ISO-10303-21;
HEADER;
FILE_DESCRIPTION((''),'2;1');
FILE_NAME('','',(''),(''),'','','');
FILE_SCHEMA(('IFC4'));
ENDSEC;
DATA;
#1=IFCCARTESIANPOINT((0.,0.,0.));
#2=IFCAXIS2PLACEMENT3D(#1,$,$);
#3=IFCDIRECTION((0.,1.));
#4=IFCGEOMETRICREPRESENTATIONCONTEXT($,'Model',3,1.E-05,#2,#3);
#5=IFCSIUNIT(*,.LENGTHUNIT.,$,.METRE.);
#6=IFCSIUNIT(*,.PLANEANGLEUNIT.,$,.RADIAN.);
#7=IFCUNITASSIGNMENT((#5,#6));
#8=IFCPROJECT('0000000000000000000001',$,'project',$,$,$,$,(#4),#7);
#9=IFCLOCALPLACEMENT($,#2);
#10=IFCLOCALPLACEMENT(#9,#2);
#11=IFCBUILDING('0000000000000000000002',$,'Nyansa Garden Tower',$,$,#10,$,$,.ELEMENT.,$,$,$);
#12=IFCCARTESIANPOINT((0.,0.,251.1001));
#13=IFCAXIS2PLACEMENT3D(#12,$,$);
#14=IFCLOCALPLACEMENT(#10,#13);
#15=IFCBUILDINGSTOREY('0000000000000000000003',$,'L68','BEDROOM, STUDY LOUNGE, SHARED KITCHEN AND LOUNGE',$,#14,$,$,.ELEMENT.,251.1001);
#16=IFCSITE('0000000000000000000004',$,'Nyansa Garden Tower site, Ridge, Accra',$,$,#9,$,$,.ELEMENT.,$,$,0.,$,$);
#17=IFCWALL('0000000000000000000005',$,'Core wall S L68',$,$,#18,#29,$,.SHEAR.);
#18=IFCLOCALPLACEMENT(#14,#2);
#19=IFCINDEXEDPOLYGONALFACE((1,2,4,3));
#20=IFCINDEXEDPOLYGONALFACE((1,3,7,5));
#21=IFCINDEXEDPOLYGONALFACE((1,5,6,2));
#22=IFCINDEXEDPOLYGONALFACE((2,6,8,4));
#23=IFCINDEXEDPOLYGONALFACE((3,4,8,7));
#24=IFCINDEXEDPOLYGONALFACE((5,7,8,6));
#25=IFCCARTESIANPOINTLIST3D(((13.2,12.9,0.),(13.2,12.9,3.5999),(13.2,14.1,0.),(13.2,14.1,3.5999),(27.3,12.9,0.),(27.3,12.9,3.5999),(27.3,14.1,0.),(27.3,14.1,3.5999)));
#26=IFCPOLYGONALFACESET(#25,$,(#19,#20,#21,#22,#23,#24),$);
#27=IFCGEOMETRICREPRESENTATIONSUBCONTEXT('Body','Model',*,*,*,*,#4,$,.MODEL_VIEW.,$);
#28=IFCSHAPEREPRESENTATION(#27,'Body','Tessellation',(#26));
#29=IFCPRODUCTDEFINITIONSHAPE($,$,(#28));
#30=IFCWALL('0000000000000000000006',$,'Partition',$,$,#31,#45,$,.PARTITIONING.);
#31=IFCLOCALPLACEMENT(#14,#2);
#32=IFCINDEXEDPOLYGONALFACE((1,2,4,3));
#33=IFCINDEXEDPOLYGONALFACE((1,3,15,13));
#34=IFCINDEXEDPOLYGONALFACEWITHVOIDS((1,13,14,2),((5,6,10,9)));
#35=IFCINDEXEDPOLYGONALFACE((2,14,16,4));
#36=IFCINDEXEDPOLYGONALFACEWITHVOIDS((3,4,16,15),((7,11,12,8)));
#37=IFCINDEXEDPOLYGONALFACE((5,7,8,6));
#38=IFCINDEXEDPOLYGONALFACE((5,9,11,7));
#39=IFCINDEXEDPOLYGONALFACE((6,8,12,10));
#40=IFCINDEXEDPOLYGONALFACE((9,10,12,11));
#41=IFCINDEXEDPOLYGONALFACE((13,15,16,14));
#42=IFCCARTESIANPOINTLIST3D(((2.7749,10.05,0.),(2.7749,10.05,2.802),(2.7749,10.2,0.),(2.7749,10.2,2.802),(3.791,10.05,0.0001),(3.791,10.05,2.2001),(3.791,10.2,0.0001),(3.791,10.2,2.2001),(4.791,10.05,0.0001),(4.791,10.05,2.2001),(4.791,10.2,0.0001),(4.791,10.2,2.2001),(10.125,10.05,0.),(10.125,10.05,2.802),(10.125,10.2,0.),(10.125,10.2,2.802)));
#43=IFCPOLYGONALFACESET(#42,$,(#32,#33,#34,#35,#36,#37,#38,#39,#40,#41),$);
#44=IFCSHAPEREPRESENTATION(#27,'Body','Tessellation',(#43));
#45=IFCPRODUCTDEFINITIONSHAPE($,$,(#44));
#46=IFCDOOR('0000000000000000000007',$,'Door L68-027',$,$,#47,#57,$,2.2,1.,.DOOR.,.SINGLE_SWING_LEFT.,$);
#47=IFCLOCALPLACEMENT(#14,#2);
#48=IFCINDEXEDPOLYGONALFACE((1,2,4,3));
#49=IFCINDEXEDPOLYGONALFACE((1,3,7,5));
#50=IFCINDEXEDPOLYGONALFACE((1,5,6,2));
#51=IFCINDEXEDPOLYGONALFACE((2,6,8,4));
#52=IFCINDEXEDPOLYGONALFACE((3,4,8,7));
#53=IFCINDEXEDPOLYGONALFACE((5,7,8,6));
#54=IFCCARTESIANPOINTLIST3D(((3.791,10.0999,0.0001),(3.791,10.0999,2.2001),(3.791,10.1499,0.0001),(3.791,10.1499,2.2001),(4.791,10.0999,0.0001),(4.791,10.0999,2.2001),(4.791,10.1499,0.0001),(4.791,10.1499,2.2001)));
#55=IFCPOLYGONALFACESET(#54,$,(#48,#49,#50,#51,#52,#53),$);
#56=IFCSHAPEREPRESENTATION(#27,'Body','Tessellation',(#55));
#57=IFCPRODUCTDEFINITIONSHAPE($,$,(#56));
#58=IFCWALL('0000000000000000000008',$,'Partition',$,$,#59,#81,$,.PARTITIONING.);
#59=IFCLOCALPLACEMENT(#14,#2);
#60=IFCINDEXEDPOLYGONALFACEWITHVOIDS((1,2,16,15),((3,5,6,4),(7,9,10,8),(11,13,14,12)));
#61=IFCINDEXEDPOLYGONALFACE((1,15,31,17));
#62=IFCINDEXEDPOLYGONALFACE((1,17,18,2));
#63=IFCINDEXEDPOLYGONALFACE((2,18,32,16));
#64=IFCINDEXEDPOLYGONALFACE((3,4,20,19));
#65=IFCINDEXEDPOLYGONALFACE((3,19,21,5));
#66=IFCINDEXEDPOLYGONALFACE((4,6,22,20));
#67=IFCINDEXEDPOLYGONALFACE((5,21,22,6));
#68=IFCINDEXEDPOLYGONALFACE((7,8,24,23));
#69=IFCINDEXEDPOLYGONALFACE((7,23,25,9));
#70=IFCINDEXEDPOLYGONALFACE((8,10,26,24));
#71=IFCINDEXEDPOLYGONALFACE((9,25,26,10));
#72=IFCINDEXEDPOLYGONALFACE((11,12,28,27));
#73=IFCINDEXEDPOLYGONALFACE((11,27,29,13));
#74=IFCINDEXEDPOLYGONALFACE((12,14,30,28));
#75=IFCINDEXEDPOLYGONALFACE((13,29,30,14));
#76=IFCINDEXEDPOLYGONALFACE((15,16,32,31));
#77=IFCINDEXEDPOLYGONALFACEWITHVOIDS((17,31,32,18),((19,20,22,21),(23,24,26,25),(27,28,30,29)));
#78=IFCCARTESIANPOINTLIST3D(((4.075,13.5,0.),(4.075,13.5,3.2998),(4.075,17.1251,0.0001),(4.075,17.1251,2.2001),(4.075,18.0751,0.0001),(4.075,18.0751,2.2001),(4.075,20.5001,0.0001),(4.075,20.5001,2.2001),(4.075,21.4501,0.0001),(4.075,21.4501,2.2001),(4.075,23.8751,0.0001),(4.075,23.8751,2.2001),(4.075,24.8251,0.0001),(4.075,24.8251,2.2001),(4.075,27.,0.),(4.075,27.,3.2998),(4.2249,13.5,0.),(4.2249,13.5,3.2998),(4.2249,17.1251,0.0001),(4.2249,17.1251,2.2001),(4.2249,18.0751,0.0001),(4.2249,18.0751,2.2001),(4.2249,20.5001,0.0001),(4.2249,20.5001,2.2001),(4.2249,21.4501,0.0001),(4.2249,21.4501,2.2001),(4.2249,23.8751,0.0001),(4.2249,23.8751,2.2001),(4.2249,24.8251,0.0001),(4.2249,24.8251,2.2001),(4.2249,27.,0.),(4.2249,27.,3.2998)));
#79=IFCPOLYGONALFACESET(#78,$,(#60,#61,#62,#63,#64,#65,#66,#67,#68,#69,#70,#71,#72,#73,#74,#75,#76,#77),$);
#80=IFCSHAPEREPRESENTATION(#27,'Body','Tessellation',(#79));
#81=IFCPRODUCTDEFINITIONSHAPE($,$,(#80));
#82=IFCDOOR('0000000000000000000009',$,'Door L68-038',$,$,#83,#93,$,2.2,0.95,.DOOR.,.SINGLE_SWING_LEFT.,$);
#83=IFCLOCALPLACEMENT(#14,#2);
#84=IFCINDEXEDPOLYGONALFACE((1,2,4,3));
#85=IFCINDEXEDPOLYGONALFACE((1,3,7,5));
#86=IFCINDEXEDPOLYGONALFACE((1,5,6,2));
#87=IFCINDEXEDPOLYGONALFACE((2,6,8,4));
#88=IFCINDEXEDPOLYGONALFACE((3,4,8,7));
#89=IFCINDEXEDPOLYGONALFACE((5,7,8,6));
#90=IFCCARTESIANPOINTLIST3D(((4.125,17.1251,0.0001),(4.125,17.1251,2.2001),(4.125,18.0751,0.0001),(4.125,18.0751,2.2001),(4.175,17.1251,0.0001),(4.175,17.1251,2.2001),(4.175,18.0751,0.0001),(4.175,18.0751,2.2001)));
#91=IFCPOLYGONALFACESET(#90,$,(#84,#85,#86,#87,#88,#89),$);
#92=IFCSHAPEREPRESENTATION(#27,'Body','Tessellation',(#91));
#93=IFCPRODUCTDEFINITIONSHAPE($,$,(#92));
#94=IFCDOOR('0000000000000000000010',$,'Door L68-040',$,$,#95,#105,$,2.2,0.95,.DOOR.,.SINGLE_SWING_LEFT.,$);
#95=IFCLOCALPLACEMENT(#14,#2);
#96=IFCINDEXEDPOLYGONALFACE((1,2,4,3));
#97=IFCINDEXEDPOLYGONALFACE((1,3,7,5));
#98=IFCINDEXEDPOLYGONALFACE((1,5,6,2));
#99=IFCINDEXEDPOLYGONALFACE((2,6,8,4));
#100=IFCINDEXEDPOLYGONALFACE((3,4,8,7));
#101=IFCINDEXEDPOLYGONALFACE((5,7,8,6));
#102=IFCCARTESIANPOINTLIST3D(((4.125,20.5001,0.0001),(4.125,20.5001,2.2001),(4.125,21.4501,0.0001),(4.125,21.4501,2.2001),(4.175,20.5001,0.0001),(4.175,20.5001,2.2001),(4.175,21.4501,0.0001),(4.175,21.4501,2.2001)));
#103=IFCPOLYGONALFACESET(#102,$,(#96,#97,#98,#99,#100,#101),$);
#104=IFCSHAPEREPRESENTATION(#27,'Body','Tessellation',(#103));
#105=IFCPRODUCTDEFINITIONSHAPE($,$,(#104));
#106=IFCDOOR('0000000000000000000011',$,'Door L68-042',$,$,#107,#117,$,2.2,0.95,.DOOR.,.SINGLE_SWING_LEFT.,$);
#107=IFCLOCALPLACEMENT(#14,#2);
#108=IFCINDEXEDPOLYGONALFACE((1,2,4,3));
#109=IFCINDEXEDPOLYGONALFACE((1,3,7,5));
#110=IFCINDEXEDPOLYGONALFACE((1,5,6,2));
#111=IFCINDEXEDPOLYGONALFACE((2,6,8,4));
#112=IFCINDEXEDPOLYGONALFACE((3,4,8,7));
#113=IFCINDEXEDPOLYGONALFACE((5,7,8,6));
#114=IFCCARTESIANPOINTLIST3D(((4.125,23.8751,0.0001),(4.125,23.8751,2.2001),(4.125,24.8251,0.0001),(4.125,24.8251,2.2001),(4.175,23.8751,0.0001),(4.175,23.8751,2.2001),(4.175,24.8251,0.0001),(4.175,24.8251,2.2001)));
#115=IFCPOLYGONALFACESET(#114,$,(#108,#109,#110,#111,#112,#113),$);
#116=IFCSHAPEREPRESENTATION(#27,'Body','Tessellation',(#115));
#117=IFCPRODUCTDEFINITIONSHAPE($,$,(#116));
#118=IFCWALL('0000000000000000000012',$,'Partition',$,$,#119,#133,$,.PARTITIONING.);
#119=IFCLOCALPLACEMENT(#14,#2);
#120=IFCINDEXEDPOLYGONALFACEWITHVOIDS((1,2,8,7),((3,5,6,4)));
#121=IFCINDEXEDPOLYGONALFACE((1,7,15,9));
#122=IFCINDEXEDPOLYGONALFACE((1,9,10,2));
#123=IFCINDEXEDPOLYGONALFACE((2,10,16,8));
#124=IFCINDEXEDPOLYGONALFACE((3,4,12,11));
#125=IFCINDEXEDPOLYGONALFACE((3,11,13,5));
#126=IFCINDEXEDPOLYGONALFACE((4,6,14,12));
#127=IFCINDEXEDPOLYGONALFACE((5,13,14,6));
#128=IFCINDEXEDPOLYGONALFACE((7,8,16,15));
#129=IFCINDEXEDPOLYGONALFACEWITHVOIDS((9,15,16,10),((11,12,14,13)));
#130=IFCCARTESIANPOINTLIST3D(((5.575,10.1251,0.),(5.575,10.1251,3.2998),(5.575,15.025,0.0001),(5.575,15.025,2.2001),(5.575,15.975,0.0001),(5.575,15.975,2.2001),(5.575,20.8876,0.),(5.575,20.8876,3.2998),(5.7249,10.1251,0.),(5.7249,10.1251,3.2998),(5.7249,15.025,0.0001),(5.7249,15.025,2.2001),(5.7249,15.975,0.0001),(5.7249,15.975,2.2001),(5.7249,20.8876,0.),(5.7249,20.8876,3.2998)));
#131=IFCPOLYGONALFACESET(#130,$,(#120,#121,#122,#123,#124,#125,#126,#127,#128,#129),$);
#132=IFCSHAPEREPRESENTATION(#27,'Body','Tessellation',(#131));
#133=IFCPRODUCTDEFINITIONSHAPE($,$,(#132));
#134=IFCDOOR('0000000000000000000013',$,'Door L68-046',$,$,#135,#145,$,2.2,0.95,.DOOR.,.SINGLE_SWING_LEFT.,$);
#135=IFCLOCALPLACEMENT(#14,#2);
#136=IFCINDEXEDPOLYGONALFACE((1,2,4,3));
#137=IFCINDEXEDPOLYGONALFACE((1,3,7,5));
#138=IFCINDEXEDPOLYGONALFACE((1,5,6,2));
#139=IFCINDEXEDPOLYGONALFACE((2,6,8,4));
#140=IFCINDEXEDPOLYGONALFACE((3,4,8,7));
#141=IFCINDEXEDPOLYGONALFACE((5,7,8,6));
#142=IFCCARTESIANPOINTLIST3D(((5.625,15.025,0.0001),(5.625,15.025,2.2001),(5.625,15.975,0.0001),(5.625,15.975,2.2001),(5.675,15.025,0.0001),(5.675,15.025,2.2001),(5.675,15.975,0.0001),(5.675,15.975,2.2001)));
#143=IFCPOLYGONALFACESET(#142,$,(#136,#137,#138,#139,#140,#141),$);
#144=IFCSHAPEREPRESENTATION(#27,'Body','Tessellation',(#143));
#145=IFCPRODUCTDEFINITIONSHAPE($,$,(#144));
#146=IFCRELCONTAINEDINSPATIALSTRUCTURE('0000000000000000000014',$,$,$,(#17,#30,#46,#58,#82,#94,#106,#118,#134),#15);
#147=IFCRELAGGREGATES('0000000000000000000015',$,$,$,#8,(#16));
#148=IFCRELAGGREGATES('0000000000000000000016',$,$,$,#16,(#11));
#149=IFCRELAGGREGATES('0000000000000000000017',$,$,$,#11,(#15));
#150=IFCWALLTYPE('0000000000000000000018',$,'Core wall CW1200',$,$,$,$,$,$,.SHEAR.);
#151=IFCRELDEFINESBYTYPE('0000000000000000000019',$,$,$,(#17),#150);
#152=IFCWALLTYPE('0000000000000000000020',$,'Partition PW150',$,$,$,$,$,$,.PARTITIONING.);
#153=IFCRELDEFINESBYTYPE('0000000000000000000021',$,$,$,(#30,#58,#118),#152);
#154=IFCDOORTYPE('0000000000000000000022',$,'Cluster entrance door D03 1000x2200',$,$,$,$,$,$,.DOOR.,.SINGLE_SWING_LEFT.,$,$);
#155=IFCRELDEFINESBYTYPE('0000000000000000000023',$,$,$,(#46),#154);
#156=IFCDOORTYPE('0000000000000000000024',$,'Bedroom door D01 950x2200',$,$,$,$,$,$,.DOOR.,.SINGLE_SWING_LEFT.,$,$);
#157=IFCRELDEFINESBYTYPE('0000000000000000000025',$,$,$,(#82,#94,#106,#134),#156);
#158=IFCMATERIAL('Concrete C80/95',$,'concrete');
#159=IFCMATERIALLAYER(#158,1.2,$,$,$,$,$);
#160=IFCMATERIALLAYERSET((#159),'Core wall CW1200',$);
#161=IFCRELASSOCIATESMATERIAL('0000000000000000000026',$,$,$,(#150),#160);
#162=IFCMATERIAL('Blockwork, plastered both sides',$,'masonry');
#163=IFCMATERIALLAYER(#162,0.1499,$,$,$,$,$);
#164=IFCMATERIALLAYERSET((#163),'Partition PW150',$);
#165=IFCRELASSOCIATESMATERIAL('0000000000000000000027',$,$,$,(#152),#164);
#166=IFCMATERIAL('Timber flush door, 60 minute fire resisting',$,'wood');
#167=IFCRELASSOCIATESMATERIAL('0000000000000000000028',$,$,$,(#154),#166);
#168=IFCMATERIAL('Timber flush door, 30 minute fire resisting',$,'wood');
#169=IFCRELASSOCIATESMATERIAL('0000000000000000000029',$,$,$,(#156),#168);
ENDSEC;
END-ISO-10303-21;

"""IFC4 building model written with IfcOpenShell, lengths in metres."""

from ifc_helpers import new_model, si_unit, direction, frame, frame_2d, origin, place, context, subcontext, project, spatial, rectangle, extrude, material, layer, layer_set, type_object, element, fill, save


model = new_model("IFC4")

# Units and contexts
model_context = context("Model", 3, precision=1e-05, world=origin(), true_north=direction((0.0, 1.0)))
body_context = subcontext(model_context, "Body", "Model", "MODEL_VIEW")
ifc_project = project(units=[si_unit("LENGTHUNIT", "METRE"), si_unit("PLANEANGLEUNIT", "RADIAN")], contexts=[model_context])

# Site, building, storey
site_placement = place(None, origin())
site = spatial("IfcSite", under=ifc_project, at=site_placement, Name="Nyansa Garden Tower site, Ridge, Accra", CompositionType="ELEMENT", RefElevation=0.0)
building_placement = place(site_placement, origin())
building = spatial("IfcBuilding", under=site, at=building_placement, Name="Nyansa Garden Tower", CompositionType="ELEMENT")
storey_placement = place(building_placement, frame((0.0, 0.0, 251.1001)))
storey = spatial("IfcBuildingStorey", under=building, at=storey_placement, Name="L68", Description="BEDROOM, STUDY LOUNGE, SHARED KITCHEN AND LOUNGE", CompositionType="ELEMENT", Elevation=251.1001)

# Wall
ifc_material_1 = material(Name="Concrete C80/95", Category="concrete")
ifc_layer_1 = layer(ifc_material_1, 1.2)
ifc_layer_set_1 = layer_set([ifc_layer_1], Name="Core wall CW1200")
wall_type_1 = type_object("IfcWallType", Name="Core wall CW1200", PredefinedType="SHEAR", material=ifc_layer_set_1)
wall_1_placement = place(storey_placement, frame((13.2, 13.5, 0.0), z_axis=(0.0, 0.0, 1.0), x_axis=(1.0, 0.0, 0.0)))
element("IfcWall", 1, at=wall_1_placement, inside=storey, type_object=wall_type_1, Name="Core wall S L68", PredefinedType="SHEAR", context=body_context, shape_type="SweptSolid", body=[
    extrude(rectangle(XDim=14.1001, YDim=1.2, at=frame_2d((7.05, 0.0))), origin(), (0.0, 0.0, 1.0), 3.5999),
])

# Wall, opening, door
ifc_material_2 = material(Name="Blockwork, plastered both sides", Category="masonry")
ifc_layer_2 = layer(ifc_material_2, 0.1499)
ifc_layer_set_2 = layer_set([ifc_layer_2], Name="Partition PW150")
wall_type_2 = type_object("IfcWallType", Name="Partition PW150", PredefinedType="PARTITIONING", material=ifc_layer_set_2)
wall_2_placement = place(storey_placement, frame((2.7749, 10.125, 0.0), z_axis=(0.0, 0.0, 1.0), x_axis=(1.0, 0.0, 0.0)))
wall_2 = element("IfcWall", 2, at=wall_2_placement, inside=storey, type_object=wall_type_2, Name="Partition", PredefinedType="PARTITIONING", context=body_context, shape_type="SweptSolid", body=[
    extrude(rectangle(XDim=7.3501, YDim=0.1499, at=frame_2d((3.675, 0.0))), origin(), (0.0, 0.0, 1.0), 2.802),
])
opening_1_placement = place(wall_2_placement, frame((1.0161, 0.0, 0.0)))
opening_1 = element("IfcOpeningElement", 3, at=opening_1_placement, cuts=wall_2, PredefinedType="OPENING", context=body_context, shape_type="SweptSolid", body=[
    extrude(rectangle(XDim=1.0, YDim=2.2, at=frame_2d((0.5, 1.1001))), frame((0.0, 0.085, 0.0), z_axis=(0.0, -1.0, 0.0), x_axis=(1.0, 0.0, 0.0)), (0.0, 0.0, 1.0), 0.1699),
])
ifc_material_3 = material(Name="Timber flush door, 60 minute fire resisting", Category="wood")
door_type_1 = type_object("IfcDoorType", Name="Cluster entrance door D03 1000x2200", OperationType="SINGLE_SWING_LEFT", PredefinedType="DOOR", material=ifc_material_3)
door_1_placement = place(opening_1_placement, origin())
door_1 = element("IfcDoor", 4, at=door_1_placement, inside=storey, type_object=door_type_1, Name="Door L68-027", OperationType="SINGLE_SWING_LEFT", OverallHeight=2.2, OverallWidth=1.0, PredefinedType="DOOR", context=body_context, shape_type="SweptSolid", body=[
    extrude(rectangle(XDim=1.0, YDim=2.2, at=frame_2d((0.5, 1.1001))), frame((0.0, 0.0249, 0.0), z_axis=(0.0, -1.0, 0.0), x_axis=(1.0, 0.0, 0.0)), (0.0, 0.0, 1.0), 0.05),
])
fill(opening_1, door_1)

# Wall, openings, doors
wall_3_placement = place(storey_placement, frame((4.1499, 13.5, 0.0), z_axis=(0.0, 0.0, 1.0), x_axis=(0.0, 1.0, 0.0)))
wall_3 = element("IfcWall", 5, at=wall_3_placement, inside=storey, type_object=wall_type_2, Name="Partition", PredefinedType="PARTITIONING", context=body_context, shape_type="SweptSolid", body=[
    extrude(rectangle(XDim=13.5, YDim=0.1499, at=frame_2d((6.75, 0.0))), origin(), (0.0, 0.0, 1.0), 3.2998),
])
opening_2_placement = place(wall_3_placement, frame((3.625, 0.0, 0.0)))
opening_2 = element("IfcOpeningElement", 6, at=opening_2_placement, cuts=wall_3, PredefinedType="OPENING", context=body_context, shape_type="SweptSolid", body=[
    extrude(rectangle(XDim=0.95, YDim=2.2, at=frame_2d((0.4751, 1.1001))), frame((0.0, 0.085, 0.0), z_axis=(0.0, -1.0, 0.0), x_axis=(1.0, 0.0, 0.0)), (0.0, 0.0, 1.0), 0.1699),
])
opening_3_placement = place(wall_3_placement, frame((7.0, 0.0, 0.0)))
opening_3 = element("IfcOpeningElement", 7, at=opening_3_placement, cuts=wall_3, PredefinedType="OPENING", context=body_context, shape_type="SweptSolid", body=[
    extrude(rectangle(XDim=0.95, YDim=2.2, at=frame_2d((0.4751, 1.1001))), frame((0.0, 0.085, 0.0), z_axis=(0.0, -1.0, 0.0), x_axis=(1.0, 0.0, 0.0)), (0.0, 0.0, 1.0), 0.1699),
])
opening_4_placement = place(wall_3_placement, frame((10.375, 0.0, 0.0)))
opening_4 = element("IfcOpeningElement", 8, at=opening_4_placement, cuts=wall_3, PredefinedType="OPENING", context=body_context, shape_type="SweptSolid", body=[
    extrude(rectangle(XDim=0.95, YDim=2.2, at=frame_2d((0.4751, 1.1001))), frame((0.0, 0.085, 0.0), z_axis=(0.0, -1.0, 0.0), x_axis=(1.0, 0.0, 0.0)), (0.0, 0.0, 1.0), 0.1699),
])
ifc_material_4 = material(Name="Timber flush door, 30 minute fire resisting", Category="wood")
door_type_2 = type_object("IfcDoorType", Name="Bedroom door D01 950x2200", OperationType="SINGLE_SWING_LEFT", PredefinedType="DOOR", material=ifc_material_4)
door_2_placement = place(opening_2_placement, origin())
door_2 = element("IfcDoor", 9, at=door_2_placement, inside=storey, type_object=door_type_2, Name="Door L68-038", OperationType="SINGLE_SWING_LEFT", OverallHeight=2.2, OverallWidth=0.95, PredefinedType="DOOR", context=body_context, shape_type="SweptSolid", body=[
    extrude(rectangle(XDim=0.95, YDim=2.2, at=frame_2d((0.4751, 1.1001))), frame((0.0, 0.0249, 0.0), z_axis=(0.0, -1.0, 0.0), x_axis=(1.0, 0.0, 0.0)), (0.0, 0.0, 1.0), 0.05),
])
fill(opening_2, door_2)
door_3_placement = place(opening_3_placement, origin())
door_3 = element("IfcDoor", 10, at=door_3_placement, inside=storey, type_object=door_type_2, Name="Door L68-040", OperationType="SINGLE_SWING_LEFT", OverallHeight=2.2, OverallWidth=0.95, PredefinedType="DOOR", context=body_context, shape_type="SweptSolid", body=[
    extrude(rectangle(XDim=0.95, YDim=2.2, at=frame_2d((0.4751, 1.1001))), frame((0.0, 0.0249, 0.0), z_axis=(0.0, -1.0, 0.0), x_axis=(1.0, 0.0, 0.0)), (0.0, 0.0, 1.0), 0.05),
])
fill(opening_3, door_3)
door_4_placement = place(opening_4_placement, origin())
door_4 = element("IfcDoor", 11, at=door_4_placement, inside=storey, type_object=door_type_2, Name="Door L68-042", OperationType="SINGLE_SWING_LEFT", OverallHeight=2.2, OverallWidth=0.95, PredefinedType="DOOR", context=body_context, shape_type="SweptSolid", body=[
    extrude(rectangle(XDim=0.95, YDim=2.2, at=frame_2d((0.4751, 1.1001))), frame((0.0, 0.0249, 0.0), z_axis=(0.0, -1.0, 0.0), x_axis=(1.0, 0.0, 0.0)), (0.0, 0.0, 1.0), 0.05),
])
fill(opening_4, door_4)

# Wall, opening, door
wall_4_placement = place(storey_placement, frame((5.6499, 10.125, 0.0), z_axis=(0.0, 0.0, 1.0), x_axis=(0.0, 1.0, 0.0)))
wall_4 = element("IfcWall", 12, at=wall_4_placement, inside=storey, type_object=wall_type_2, Name="Partition", PredefinedType="PARTITIONING", context=body_context, shape_type="SweptSolid", body=[
    extrude(rectangle(XDim=10.7625, YDim=0.1499, at=frame_2d((5.3813, 0.0))), origin(), (0.0, 0.0, 1.0), 3.2998),
])
opening_5_placement = place(wall_4_placement, frame((4.8999, 0.0, 0.0)))
opening_5 = element("IfcOpeningElement", 13, at=opening_5_placement, cuts=wall_4, PredefinedType="OPENING", context=body_context, shape_type="SweptSolid", body=[
    extrude(rectangle(XDim=0.95, YDim=2.2, at=frame_2d((0.4751, 1.1001))), frame((0.0, 0.085, 0.0), z_axis=(0.0, -1.0, 0.0), x_axis=(1.0, 0.0, 0.0)), (0.0, 0.0, 1.0), 0.1699),
])
door_5_placement = place(opening_5_placement, origin())
door_5 = element("IfcDoor", 14, at=door_5_placement, inside=storey, type_object=door_type_2, Name="Door L68-046", OperationType="SINGLE_SWING_LEFT", OverallHeight=2.2, OverallWidth=0.95, PredefinedType="DOOR", context=body_context, shape_type="SweptSolid", body=[
    extrude(rectangle(XDim=0.95, YDim=2.2, at=frame_2d((0.4751, 1.1001))), frame((0.0, 0.0249, 0.0), z_axis=(0.0, -1.0, 0.0), x_axis=(1.0, 0.0, 0.0)), (0.0, 0.0, 1.0), 0.05),
])
fill(opening_5, door_5)

save(model, "model.ifc")
